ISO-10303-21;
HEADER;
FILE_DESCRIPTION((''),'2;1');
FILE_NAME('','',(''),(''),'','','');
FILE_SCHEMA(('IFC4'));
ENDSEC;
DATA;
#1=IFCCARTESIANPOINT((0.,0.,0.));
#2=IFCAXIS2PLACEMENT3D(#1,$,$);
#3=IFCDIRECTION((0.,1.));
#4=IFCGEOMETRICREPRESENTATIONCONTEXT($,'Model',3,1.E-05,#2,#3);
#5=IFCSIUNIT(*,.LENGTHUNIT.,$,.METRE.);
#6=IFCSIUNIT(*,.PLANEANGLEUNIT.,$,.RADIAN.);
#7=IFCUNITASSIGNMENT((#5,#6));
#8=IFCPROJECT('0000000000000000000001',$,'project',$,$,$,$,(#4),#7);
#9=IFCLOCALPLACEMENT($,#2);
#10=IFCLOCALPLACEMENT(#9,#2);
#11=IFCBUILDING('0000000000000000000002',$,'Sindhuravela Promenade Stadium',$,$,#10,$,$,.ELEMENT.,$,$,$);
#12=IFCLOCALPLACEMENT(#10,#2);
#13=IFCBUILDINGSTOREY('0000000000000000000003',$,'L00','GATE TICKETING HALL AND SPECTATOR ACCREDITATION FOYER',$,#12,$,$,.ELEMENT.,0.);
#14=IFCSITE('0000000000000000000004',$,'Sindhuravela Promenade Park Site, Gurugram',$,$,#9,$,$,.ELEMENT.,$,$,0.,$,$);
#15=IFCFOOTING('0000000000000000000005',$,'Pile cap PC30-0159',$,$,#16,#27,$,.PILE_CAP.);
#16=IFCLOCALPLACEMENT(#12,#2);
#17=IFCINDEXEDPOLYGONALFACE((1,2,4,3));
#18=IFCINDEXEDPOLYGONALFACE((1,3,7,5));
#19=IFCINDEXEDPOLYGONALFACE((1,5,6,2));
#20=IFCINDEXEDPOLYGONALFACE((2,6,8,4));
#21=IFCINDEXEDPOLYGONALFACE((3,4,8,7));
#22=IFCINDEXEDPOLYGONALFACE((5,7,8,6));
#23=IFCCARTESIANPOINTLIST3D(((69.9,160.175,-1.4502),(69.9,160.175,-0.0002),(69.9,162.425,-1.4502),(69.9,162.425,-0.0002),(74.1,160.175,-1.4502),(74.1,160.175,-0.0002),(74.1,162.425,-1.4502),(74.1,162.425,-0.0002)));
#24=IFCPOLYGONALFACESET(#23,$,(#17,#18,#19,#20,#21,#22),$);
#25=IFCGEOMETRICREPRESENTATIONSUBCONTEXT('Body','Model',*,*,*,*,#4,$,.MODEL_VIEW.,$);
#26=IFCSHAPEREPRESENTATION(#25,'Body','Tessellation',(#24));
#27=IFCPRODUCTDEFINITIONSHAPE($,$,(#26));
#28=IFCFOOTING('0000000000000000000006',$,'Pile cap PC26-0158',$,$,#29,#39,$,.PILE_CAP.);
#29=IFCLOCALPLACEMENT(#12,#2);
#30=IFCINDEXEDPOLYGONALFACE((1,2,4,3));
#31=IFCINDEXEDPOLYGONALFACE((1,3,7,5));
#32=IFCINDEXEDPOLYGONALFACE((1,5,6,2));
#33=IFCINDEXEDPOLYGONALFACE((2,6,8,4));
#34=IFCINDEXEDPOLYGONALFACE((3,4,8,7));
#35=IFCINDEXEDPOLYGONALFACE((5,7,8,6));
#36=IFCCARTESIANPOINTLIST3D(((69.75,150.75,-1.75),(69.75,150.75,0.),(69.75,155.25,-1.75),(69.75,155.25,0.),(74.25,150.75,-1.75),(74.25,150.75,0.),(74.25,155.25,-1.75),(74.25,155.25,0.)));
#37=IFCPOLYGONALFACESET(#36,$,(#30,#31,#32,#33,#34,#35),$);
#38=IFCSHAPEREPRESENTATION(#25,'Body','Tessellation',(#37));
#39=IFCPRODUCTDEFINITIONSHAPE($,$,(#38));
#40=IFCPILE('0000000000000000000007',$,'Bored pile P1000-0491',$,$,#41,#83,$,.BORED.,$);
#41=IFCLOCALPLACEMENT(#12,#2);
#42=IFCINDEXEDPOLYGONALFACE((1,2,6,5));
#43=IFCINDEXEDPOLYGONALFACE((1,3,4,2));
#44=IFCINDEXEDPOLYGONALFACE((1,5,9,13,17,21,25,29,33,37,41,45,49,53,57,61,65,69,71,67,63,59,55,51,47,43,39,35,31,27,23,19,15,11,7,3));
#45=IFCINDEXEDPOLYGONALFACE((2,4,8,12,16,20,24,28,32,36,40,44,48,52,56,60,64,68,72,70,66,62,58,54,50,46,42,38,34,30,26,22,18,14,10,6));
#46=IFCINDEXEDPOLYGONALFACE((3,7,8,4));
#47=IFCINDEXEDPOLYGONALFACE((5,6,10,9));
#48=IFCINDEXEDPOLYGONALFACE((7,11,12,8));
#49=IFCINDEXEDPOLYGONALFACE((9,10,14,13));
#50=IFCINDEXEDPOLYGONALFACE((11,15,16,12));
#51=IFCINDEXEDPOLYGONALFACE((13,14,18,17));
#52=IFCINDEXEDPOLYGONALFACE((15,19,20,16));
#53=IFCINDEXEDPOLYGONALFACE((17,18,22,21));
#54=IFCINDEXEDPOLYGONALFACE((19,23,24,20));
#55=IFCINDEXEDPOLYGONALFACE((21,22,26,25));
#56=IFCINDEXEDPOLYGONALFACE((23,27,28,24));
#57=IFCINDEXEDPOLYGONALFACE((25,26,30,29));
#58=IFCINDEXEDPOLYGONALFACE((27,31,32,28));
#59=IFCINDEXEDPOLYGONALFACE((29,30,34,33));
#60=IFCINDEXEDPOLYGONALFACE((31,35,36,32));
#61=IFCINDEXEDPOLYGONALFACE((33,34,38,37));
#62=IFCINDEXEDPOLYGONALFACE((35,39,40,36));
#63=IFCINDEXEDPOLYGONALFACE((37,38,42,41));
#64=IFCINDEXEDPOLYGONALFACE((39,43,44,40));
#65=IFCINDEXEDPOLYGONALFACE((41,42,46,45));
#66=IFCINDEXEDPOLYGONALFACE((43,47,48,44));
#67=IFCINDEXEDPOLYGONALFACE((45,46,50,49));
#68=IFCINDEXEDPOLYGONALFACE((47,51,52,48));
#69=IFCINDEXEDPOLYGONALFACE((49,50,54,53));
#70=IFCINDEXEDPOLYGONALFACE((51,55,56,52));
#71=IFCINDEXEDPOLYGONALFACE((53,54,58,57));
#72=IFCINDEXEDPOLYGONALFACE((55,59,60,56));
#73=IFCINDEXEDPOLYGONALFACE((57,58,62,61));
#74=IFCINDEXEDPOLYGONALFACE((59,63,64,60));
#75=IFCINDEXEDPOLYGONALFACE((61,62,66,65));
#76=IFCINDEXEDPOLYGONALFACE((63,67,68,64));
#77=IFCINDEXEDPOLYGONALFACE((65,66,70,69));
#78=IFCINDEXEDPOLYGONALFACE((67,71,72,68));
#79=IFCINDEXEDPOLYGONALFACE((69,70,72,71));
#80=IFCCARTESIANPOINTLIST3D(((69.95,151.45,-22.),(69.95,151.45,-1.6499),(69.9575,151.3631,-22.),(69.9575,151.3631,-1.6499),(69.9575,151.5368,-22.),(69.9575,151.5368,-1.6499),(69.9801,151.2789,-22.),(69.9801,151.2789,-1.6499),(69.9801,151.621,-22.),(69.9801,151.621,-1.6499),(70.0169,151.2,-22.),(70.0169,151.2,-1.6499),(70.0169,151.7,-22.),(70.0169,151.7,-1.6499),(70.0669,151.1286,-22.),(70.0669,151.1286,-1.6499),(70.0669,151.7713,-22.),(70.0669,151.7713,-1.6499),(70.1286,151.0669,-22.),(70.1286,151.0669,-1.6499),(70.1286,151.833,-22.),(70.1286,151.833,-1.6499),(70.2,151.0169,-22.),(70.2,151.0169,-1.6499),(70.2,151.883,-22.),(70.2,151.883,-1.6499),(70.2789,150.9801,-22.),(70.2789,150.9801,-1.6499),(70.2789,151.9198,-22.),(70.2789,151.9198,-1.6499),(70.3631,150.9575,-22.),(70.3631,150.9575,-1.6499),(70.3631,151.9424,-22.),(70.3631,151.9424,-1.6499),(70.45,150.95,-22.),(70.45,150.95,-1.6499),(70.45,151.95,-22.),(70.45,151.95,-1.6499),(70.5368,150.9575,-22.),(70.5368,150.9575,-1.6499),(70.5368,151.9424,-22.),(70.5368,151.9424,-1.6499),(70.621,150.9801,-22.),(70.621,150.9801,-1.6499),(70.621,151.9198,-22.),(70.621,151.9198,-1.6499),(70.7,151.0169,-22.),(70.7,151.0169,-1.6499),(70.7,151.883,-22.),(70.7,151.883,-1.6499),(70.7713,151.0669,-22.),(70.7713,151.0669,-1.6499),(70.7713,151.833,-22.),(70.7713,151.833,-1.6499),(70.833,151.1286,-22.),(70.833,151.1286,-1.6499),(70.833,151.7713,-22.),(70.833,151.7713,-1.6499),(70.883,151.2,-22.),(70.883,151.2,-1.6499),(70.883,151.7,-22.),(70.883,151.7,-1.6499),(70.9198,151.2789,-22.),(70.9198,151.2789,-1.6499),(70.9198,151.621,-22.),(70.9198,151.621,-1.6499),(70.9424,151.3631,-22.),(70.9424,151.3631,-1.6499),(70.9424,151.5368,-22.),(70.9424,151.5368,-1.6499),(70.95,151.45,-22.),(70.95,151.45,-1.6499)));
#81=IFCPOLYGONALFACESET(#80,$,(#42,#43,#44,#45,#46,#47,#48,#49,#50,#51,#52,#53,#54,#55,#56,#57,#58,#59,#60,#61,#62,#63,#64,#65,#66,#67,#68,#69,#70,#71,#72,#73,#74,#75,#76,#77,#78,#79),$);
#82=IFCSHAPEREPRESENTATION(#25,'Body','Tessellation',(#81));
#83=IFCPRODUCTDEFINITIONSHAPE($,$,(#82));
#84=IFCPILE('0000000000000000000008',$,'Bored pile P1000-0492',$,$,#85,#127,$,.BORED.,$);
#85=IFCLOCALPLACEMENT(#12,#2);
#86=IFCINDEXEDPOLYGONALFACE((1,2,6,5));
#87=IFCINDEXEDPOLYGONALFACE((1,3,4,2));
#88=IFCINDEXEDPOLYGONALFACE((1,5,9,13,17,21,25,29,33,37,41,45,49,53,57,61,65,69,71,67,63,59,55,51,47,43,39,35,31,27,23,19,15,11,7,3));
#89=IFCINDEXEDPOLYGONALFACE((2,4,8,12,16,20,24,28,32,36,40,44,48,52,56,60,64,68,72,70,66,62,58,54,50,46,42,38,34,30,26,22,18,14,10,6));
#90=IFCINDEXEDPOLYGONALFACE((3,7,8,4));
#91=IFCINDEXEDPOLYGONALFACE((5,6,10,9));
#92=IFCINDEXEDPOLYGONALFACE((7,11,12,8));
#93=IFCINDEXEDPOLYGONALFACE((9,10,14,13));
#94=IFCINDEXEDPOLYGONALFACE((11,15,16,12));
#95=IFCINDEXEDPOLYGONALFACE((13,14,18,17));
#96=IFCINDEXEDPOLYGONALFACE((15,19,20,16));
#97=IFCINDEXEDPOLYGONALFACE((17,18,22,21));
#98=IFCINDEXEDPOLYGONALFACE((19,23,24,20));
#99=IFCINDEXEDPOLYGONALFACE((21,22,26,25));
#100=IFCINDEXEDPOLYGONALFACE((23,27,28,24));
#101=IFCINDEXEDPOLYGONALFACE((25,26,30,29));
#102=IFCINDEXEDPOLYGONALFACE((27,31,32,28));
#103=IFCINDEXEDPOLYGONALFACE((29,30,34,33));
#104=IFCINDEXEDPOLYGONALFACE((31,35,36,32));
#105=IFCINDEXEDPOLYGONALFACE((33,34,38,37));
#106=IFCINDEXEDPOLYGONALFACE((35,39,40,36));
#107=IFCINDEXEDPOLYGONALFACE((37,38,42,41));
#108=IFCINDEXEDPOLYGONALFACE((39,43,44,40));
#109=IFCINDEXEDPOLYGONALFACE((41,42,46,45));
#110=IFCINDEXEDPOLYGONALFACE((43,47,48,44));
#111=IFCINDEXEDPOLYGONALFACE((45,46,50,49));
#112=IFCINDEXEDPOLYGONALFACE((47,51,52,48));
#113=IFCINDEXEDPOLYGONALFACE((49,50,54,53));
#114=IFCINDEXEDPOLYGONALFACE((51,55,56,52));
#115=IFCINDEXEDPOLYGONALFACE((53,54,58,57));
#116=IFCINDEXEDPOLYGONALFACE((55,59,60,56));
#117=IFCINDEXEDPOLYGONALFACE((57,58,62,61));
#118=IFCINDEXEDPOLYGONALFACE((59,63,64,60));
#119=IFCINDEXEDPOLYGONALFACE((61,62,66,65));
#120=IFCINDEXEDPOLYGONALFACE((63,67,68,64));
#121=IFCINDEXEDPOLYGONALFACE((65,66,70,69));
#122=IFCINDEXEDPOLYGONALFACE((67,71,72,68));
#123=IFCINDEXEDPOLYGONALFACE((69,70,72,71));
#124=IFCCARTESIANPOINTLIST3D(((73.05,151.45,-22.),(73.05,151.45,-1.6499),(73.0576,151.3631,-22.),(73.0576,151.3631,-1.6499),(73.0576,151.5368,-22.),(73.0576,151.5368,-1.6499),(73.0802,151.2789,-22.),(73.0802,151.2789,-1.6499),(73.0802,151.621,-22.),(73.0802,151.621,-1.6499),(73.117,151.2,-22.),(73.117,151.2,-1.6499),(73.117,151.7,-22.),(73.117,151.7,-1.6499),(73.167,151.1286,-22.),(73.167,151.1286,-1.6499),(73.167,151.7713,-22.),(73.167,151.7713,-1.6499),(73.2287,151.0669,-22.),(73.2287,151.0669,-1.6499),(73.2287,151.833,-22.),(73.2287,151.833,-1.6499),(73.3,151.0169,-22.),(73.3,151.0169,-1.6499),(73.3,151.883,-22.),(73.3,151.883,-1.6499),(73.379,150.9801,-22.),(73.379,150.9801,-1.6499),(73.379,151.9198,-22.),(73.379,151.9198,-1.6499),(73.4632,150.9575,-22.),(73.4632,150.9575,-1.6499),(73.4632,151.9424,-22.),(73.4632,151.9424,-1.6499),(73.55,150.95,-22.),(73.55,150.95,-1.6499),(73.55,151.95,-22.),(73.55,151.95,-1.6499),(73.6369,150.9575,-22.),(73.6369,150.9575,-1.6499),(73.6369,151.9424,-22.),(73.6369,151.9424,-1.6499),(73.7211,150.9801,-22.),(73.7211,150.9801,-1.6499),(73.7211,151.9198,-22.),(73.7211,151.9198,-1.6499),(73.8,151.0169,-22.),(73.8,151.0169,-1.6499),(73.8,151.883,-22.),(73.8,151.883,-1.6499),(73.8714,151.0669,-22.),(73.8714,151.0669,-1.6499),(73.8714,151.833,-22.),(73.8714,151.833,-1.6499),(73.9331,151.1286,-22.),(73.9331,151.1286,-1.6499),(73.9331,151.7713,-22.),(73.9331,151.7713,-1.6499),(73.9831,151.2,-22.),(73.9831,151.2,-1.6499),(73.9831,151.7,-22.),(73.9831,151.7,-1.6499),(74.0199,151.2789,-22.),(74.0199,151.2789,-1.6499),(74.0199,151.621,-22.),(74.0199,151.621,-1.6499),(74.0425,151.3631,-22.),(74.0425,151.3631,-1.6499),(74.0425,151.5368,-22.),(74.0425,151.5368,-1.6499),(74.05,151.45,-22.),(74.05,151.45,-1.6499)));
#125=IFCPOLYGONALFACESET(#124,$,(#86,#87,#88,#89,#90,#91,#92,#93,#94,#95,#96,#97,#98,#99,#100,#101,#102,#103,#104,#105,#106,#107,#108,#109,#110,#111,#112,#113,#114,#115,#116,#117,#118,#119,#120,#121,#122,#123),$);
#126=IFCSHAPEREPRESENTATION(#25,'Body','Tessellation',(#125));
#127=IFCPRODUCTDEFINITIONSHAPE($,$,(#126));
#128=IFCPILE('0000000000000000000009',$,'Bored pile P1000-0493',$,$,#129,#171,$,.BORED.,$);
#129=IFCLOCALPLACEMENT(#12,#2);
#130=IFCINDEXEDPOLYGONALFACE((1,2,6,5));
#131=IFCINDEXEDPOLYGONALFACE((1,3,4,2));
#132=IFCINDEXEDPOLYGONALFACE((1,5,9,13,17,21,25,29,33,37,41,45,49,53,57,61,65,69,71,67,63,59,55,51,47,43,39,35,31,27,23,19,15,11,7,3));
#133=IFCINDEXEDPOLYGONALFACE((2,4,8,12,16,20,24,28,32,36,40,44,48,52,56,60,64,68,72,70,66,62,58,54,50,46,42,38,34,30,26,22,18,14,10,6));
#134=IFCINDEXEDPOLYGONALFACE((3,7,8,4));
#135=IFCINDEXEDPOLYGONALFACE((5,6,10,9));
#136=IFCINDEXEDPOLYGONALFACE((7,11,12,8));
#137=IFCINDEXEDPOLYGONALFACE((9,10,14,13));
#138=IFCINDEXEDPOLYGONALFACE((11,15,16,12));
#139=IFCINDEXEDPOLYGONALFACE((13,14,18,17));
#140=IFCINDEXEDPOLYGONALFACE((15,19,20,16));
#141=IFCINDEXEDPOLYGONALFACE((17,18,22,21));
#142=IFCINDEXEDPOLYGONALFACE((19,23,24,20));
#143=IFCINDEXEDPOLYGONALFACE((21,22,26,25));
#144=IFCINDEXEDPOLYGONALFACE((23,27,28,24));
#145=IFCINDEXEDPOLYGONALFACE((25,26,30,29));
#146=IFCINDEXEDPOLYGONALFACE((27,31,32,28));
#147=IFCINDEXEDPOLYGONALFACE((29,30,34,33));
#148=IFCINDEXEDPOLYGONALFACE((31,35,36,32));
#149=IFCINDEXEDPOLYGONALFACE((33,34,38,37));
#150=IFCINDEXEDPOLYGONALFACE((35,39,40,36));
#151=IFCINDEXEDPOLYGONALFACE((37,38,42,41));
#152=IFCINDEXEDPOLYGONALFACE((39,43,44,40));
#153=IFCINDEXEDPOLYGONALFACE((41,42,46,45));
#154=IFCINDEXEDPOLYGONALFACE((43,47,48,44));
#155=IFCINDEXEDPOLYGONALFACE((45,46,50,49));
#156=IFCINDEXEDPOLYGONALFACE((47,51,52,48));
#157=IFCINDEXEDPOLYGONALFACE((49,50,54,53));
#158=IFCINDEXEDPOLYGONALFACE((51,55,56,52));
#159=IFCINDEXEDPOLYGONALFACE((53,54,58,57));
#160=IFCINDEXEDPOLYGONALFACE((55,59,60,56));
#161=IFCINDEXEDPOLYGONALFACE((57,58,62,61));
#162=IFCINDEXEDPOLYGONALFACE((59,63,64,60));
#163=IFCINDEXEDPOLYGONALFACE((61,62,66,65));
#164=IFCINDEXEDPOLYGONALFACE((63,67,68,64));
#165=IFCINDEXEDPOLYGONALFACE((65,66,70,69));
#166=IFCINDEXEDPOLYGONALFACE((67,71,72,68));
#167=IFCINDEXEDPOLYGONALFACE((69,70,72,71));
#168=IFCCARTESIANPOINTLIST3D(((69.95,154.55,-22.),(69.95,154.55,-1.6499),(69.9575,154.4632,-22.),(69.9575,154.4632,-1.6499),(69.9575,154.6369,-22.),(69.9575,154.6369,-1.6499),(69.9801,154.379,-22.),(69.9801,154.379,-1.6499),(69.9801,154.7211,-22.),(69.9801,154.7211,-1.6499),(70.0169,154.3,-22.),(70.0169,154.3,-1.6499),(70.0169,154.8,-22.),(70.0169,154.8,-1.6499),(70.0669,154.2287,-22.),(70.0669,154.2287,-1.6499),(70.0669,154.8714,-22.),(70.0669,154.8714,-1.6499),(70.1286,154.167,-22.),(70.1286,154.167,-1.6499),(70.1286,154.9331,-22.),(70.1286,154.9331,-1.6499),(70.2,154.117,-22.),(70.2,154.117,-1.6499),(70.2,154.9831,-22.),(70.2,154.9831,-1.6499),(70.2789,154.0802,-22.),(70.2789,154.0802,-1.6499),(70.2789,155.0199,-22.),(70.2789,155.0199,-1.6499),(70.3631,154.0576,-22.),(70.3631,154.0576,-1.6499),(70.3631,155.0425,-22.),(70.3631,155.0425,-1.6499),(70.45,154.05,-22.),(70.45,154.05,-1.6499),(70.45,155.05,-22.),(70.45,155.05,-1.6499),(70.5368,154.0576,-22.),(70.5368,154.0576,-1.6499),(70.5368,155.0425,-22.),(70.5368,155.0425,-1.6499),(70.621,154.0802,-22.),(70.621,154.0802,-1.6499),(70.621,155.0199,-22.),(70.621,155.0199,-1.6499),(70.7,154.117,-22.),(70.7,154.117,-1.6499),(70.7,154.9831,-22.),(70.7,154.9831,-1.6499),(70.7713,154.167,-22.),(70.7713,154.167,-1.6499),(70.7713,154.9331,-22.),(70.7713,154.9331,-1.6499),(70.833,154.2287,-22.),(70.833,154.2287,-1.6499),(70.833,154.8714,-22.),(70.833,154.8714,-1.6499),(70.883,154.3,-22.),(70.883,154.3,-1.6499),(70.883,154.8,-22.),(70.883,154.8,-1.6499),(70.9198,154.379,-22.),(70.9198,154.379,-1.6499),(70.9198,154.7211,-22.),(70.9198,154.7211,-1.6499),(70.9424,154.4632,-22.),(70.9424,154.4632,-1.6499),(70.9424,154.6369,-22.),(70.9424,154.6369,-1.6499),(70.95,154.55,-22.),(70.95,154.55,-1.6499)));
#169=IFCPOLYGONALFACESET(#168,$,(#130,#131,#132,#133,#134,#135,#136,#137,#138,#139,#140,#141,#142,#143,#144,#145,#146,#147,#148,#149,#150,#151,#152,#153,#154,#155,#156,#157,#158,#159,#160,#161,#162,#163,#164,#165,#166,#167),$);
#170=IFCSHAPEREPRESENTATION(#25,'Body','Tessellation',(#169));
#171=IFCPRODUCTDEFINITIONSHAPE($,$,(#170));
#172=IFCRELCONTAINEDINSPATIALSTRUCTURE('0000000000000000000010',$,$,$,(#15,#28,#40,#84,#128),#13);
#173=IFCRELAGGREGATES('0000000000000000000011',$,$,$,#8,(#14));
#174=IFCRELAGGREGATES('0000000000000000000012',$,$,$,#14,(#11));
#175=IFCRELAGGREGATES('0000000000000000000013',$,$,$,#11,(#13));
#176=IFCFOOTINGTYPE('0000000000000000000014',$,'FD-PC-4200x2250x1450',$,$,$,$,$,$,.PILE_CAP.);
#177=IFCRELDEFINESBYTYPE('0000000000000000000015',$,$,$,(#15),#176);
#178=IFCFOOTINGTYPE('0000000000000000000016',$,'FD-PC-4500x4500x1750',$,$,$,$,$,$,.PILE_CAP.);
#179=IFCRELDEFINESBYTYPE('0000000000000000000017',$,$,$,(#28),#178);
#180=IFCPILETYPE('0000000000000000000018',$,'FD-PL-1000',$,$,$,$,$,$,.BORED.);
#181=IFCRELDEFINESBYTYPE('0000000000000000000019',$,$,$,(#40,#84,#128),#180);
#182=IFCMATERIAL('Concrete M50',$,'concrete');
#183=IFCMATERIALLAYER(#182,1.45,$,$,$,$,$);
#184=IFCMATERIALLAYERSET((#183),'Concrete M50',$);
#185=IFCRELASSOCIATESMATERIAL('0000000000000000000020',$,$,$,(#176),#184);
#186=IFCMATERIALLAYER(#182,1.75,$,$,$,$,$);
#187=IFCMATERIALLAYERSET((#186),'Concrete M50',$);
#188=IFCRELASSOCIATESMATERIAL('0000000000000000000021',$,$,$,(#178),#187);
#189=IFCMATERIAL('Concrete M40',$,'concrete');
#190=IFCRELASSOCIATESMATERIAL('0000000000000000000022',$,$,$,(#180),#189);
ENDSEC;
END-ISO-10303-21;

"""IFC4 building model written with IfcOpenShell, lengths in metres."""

from ifc_helpers import new_model, si_unit, direction, frame, origin, origin_2d, place, context, subcontext, project, spatial, rectangle, circle, extrude, material, layer, layer_set, material_profile, profile_set, type_object, element, save


model = new_model("IFC4")

# Units and contexts
model_context = context("Model", 3, precision=1e-05, world=origin(), true_north=direction((0.0, 1.0)))
body_context = subcontext(model_context, "Body", "Model", "MODEL_VIEW")
ifc_project = project(units=[si_unit("LENGTHUNIT", "METRE"), si_unit("PLANEANGLEUNIT", "RADIAN")], contexts=[model_context])

# Site, building, storey
site_placement = place(None, origin())
site = spatial("IfcSite", under=ifc_project, at=site_placement, Name="Sindhuravela Promenade Park Site, Gurugram", CompositionType="ELEMENT", RefElevation=0.0)
building_placement = place(site_placement, origin())
building = spatial("IfcBuilding", under=site, at=building_placement, Name="Sindhuravela Promenade Stadium", CompositionType="ELEMENT")
storey_placement = place(building_placement, origin())
storey = spatial("IfcBuildingStorey", under=building, at=storey_placement, Name="L00", Description="GATE TICKETING HALL AND SPECTATOR ACCREDITATION FOYER", CompositionType="ELEMENT", Elevation=0.0)

# Footings
ifc_material_1 = material(Name="Concrete M50", Category="concrete")
ifc_layer_1 = layer(ifc_material_1, 1.45)
ifc_layer_set_1 = layer_set([ifc_layer_1], Name="Concrete M50")
footing_type_1 = type_object("IfcFootingType", Name="FD-PC-4200x2250x1450", PredefinedType="PILE_CAP", material=ifc_layer_set_1)
footing_1_placement = place(storey_placement, frame((72.0, 161.3, -1.4502), z_axis=(0.0, 0.0, 1.0), x_axis=(1.0, 0.0, 0.0)))
element("IfcFooting", 1, at=footing_1_placement, inside=storey, type_object=footing_type_1, Name="Pile cap PC30-0159", PredefinedType="PILE_CAP", context=body_context, shape_type="SweptSolid", body=[
    extrude(rectangle(XDim=4.2, YDim=2.25, at=origin_2d()), origin(), (0.0, 0.0, 1.0), 1.45),
])
ifc_layer_2 = layer(ifc_material_1, 1.75)
ifc_layer_set_2 = layer_set([ifc_layer_2], Name="Concrete M50")
footing_type_2 = type_object("IfcFootingType", Name="FD-PC-4500x4500x1750", PredefinedType="PILE_CAP", material=ifc_layer_set_2)
footing_2_placement = place(storey_placement, frame((72.0, 153.0, -1.75), z_axis=(0.0, 0.0, 1.0), x_axis=(1.0, 0.0, 0.0)))
element("IfcFooting", 2, at=footing_2_placement, inside=storey, type_object=footing_type_2, Name="Pile cap PC26-0158", PredefinedType="PILE_CAP", context=body_context, shape_type="SweptSolid", body=[
    extrude(rectangle(XDim=4.5, YDim=4.5, at=origin_2d()), origin(), (0.0, 0.0, 1.0), 1.75),
])

# Piles
ifc_material_2 = material(Name="Concrete M40", Category="concrete")
ifc_material_profile_1 = material_profile(ifc_material_2, circle(Radius=0.5, at=origin_2d()), Name="BORED PILE D1000")
ifc_profile_set_1 = profile_set([ifc_material_profile_1], Name="Concrete M40")
pile_type_1 = type_object("IfcPileType", Name="FD-PL-1000", PredefinedType="BORED", material=ifc_profile_set_1)
for number, where, z_axis, x_axis, name in (
    (3, (70.45, 151.45, -1.6499), (0.0, 0.0, -1.0), (1.0, 0.0, 0.0), "Bored pile P1000-0491"),
    (4, (73.55, 151.45, -1.6499), (0.0, 0.0, -1.0), (1.0, 0.0, 0.0), "Bored pile P1000-0492"),
    (5, (70.45, 154.55, -1.6499), (0.0, 0.0, -1.0), (1.0, 0.0, 0.0), "Bored pile P1000-0493"),
):
    element("IfcPile", number, at=place(storey_placement, frame(where, z_axis=z_axis, x_axis=x_axis)), inside=storey, type_object=pile_type_1, Name=name, PredefinedType="BORED", context=body_context, shape_type="SweptSolid", body=[
        extrude(circle(Radius=0.5, at=origin_2d()), origin(), (0.0, 0.0, 1.0), 20.3501),
    ])

save(model, "model.ifc")
